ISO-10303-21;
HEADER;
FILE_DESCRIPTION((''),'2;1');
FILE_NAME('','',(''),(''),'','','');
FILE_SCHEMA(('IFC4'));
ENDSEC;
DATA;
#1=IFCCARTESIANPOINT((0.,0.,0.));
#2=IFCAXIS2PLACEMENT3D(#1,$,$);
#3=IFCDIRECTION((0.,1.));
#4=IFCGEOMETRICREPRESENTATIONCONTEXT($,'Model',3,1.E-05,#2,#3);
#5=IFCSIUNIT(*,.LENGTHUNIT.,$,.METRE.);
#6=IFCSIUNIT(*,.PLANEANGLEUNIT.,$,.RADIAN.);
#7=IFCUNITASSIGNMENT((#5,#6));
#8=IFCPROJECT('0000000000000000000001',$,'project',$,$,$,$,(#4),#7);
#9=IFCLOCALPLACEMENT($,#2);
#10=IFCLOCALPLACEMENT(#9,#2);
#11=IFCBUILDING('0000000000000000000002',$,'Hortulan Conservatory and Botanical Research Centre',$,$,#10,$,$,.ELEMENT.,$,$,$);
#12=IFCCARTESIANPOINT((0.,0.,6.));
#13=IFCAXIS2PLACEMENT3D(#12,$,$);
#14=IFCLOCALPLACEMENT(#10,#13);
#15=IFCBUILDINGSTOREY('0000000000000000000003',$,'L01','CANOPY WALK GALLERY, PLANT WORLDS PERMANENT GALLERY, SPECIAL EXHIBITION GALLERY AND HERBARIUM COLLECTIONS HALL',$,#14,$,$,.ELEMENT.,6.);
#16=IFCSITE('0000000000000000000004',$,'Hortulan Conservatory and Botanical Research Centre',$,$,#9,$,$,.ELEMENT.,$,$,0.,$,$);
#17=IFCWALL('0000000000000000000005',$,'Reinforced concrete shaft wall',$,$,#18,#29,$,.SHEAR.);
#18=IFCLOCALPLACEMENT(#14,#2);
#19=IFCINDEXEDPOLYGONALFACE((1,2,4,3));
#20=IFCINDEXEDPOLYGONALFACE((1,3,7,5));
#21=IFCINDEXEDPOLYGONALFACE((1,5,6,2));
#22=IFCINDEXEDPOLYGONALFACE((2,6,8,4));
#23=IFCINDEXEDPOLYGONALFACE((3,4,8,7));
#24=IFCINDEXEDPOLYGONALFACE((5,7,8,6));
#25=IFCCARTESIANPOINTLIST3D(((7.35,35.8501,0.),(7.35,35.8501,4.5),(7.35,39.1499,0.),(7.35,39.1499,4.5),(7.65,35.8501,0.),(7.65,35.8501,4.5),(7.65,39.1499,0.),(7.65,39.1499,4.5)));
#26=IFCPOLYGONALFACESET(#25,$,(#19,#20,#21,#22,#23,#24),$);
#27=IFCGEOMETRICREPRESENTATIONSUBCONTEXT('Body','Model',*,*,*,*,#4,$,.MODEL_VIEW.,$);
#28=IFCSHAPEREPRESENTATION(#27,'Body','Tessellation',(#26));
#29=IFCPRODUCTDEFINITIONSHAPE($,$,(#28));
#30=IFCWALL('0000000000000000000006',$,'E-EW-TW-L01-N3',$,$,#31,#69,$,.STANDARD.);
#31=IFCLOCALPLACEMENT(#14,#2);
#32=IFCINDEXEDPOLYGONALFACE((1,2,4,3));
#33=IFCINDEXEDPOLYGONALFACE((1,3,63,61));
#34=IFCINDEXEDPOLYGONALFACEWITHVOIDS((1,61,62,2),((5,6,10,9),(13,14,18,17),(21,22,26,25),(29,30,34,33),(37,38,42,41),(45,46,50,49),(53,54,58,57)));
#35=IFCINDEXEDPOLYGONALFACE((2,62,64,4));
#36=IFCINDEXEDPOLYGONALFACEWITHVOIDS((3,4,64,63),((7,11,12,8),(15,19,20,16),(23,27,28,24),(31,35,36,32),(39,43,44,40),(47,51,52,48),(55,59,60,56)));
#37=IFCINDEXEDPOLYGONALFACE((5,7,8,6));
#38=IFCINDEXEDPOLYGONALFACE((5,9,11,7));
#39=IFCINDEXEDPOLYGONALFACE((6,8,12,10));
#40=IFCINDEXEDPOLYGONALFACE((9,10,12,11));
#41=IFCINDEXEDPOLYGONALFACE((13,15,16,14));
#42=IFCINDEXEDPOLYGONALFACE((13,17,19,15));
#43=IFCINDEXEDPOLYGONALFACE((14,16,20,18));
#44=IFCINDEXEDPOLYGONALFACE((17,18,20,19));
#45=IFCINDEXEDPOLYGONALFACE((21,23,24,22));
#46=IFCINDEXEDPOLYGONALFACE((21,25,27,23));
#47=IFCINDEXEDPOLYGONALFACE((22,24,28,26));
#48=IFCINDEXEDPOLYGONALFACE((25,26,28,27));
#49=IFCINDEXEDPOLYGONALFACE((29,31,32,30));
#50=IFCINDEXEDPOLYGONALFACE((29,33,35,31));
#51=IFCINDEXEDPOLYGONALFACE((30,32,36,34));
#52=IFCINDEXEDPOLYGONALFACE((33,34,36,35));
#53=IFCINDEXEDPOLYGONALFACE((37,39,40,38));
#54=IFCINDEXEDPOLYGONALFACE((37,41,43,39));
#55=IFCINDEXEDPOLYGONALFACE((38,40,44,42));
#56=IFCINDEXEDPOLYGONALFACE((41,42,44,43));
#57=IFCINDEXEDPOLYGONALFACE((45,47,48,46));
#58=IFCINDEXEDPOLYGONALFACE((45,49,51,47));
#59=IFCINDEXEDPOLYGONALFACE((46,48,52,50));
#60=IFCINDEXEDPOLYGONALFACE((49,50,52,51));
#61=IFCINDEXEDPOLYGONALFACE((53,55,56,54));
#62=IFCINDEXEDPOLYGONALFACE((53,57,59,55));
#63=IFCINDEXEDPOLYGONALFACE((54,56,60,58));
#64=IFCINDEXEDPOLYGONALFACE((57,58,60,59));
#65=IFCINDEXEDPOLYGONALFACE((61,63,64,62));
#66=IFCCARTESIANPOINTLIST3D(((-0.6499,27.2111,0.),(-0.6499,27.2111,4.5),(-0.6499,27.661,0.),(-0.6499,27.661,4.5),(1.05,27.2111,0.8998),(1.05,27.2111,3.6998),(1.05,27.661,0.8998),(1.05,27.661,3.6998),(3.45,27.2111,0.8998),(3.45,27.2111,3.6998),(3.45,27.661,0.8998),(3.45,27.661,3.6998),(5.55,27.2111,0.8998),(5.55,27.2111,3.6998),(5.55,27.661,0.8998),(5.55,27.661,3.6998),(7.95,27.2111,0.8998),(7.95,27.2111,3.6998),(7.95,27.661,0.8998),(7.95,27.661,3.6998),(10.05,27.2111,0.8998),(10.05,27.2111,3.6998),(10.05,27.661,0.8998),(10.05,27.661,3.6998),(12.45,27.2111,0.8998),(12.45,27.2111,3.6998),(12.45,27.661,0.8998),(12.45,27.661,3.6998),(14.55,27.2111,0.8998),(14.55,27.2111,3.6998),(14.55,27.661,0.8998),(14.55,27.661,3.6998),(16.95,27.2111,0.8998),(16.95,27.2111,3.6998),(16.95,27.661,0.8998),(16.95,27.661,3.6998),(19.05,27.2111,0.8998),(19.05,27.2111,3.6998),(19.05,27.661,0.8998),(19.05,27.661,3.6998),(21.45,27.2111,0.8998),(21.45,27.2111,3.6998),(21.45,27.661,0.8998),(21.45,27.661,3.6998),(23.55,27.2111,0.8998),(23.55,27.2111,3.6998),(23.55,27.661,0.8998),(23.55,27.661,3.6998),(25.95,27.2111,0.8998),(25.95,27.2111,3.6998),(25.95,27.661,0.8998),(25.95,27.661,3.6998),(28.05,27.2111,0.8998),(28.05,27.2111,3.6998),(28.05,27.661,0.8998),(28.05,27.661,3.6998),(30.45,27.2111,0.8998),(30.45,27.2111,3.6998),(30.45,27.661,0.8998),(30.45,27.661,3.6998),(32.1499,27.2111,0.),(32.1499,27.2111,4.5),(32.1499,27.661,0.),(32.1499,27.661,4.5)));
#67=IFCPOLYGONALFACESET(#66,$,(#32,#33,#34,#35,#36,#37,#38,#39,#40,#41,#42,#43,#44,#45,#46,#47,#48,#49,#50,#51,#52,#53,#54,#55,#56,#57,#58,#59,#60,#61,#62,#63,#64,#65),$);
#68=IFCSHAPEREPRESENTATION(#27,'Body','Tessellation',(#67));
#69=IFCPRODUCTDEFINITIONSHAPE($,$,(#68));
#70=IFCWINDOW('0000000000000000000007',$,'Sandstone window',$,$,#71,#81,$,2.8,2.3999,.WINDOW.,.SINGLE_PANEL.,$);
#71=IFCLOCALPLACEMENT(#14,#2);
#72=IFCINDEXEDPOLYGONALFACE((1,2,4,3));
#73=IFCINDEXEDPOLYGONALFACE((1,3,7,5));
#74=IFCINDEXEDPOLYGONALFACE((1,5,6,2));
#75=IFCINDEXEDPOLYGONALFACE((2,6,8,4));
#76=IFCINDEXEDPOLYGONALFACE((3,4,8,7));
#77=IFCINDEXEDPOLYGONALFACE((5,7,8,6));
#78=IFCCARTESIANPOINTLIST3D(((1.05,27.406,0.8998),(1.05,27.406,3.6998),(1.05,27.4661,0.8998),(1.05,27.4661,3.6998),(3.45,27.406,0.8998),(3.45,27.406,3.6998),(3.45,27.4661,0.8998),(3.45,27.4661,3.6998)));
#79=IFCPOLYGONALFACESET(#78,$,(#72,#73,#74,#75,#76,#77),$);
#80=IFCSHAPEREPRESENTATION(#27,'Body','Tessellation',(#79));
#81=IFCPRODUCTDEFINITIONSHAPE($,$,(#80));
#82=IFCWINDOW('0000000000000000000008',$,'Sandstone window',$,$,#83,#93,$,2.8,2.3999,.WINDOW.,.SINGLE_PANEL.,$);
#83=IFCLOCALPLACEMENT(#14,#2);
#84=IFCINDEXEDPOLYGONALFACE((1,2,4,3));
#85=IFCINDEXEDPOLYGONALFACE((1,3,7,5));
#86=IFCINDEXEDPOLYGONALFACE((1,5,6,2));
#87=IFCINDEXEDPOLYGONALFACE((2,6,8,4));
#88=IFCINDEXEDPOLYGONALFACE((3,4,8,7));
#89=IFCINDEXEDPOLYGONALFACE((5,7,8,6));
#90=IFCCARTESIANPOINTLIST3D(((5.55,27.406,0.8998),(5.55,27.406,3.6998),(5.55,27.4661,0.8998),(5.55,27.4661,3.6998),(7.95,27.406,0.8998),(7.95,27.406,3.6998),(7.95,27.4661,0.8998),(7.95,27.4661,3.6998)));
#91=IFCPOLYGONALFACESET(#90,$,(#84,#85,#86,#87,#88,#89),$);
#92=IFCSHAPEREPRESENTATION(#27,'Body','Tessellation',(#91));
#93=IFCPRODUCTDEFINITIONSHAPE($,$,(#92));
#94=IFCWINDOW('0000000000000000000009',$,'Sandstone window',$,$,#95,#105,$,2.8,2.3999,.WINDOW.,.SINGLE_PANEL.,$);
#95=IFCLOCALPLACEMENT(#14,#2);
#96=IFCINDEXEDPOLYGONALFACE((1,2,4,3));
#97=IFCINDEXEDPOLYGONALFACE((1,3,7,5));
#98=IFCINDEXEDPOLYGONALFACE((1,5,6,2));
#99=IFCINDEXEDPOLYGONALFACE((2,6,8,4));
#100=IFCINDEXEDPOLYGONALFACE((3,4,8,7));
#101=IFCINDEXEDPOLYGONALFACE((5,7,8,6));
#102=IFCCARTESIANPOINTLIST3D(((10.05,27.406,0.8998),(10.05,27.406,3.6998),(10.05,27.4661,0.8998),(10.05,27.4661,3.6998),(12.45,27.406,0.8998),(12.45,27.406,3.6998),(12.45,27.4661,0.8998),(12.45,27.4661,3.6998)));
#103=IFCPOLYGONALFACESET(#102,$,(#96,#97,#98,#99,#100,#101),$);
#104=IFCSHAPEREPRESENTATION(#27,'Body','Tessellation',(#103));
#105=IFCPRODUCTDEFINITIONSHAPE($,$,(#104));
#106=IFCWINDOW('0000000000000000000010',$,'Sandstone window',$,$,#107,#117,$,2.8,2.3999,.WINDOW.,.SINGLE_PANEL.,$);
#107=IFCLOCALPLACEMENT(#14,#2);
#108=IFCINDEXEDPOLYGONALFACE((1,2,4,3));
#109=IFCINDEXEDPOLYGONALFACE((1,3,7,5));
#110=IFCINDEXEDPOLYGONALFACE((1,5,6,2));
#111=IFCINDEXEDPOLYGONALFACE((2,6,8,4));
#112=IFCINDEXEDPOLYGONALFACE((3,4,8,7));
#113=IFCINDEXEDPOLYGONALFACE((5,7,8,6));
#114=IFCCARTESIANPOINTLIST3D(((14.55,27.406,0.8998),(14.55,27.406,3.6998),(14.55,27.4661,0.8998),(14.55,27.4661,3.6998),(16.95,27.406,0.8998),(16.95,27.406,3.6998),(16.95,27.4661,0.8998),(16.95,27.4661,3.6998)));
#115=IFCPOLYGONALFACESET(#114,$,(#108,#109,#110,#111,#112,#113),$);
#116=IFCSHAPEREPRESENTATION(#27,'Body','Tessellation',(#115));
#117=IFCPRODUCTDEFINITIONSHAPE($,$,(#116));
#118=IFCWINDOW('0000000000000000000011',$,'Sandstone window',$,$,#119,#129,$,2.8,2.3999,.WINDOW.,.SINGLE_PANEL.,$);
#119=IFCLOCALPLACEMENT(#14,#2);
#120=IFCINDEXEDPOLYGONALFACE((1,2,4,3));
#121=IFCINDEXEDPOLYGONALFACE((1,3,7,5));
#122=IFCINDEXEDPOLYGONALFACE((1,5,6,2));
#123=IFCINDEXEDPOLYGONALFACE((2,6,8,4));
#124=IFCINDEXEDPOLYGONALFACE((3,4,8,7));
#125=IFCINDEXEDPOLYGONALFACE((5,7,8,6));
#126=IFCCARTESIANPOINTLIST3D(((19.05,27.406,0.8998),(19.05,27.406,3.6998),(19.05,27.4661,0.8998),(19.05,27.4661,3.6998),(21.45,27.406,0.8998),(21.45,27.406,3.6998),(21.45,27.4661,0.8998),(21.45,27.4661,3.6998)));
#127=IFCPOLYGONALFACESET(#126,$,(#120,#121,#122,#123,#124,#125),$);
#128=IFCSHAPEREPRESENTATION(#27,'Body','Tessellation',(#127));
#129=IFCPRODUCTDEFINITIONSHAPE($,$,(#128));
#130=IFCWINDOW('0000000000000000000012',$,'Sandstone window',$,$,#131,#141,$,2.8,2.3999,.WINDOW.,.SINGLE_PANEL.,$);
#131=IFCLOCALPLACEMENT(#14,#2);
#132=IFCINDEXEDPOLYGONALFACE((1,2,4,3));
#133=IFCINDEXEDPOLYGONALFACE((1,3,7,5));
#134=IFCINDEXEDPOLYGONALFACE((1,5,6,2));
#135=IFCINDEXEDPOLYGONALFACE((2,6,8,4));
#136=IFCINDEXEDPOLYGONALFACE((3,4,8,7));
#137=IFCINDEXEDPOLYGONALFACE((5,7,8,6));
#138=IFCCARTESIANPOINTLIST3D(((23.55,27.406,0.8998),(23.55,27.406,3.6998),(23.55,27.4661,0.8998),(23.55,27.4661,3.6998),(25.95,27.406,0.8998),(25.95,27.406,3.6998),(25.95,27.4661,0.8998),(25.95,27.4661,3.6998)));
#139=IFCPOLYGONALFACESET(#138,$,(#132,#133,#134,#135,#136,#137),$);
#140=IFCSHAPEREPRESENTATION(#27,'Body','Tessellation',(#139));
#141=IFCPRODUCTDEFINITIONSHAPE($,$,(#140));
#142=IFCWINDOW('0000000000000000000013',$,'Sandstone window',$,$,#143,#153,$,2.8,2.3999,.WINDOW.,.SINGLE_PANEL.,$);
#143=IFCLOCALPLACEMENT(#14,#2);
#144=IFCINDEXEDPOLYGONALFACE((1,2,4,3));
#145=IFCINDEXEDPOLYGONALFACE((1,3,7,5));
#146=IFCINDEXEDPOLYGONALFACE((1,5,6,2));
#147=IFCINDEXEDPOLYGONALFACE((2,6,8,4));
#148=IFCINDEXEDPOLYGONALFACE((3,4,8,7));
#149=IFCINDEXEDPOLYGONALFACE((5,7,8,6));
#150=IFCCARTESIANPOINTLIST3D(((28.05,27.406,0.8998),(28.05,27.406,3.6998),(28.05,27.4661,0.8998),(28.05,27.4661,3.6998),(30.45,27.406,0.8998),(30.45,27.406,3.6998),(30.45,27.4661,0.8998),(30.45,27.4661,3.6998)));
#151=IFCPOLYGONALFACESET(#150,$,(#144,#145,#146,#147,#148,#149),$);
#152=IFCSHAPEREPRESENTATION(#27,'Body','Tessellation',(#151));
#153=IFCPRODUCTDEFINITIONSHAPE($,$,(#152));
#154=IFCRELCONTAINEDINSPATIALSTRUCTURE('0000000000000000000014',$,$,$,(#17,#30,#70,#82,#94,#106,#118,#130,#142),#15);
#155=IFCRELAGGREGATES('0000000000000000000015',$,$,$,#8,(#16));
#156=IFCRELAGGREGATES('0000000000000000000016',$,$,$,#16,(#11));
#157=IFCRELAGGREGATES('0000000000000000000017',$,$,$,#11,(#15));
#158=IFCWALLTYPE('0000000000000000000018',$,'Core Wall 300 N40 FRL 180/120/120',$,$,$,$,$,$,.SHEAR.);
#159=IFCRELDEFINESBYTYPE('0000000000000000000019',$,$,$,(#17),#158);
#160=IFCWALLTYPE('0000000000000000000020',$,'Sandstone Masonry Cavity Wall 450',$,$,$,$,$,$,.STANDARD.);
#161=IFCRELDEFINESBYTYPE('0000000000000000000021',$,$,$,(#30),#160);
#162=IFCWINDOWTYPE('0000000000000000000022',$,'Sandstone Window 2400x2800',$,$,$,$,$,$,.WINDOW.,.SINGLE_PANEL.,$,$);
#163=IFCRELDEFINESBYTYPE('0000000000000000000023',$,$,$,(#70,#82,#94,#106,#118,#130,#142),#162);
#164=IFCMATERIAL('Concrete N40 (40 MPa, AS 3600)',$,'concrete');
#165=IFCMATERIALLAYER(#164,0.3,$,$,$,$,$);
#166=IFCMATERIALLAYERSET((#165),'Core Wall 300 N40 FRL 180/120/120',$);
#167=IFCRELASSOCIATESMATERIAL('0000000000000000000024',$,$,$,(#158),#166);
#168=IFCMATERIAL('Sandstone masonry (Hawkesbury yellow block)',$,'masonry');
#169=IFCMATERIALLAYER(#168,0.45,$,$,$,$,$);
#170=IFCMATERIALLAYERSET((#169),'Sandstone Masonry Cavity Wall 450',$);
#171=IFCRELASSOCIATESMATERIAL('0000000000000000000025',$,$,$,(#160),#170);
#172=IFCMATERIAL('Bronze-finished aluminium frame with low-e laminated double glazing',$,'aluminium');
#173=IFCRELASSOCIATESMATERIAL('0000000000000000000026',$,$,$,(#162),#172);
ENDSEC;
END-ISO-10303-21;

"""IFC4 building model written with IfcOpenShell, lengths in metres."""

from ifc_helpers import new_model, si_unit, direction, frame, frame_2d, origin, place, context, subcontext, project, spatial, rectangle, extrude, material, layer, layer_set, type_object, element, fill, save


model = new_model("IFC4")

# Units and contexts
model_context = context("Model", 3, precision=1e-05, world=origin(), true_north=direction((0.0, 1.0)))
body_context = subcontext(model_context, "Body", "Model", "MODEL_VIEW")
ifc_project = project(units=[si_unit("LENGTHUNIT", "METRE"), si_unit("PLANEANGLEUNIT", "RADIAN")], contexts=[model_context])

# Site, building, storey
site_placement = place(None, origin())
site = spatial("IfcSite", under=ifc_project, at=site_placement, Name="Hortulan Conservatory and Botanical Research Centre", CompositionType="ELEMENT", RefElevation=0.0)
building_placement = place(site_placement, origin())
building = spatial("IfcBuilding", under=site, at=building_placement, Name="Hortulan Conservatory and Botanical Research Centre", CompositionType="ELEMENT")
storey_placement = place(building_placement, frame((0.0, 0.0, 6.0)))
storey = spatial("IfcBuildingStorey", under=building, at=storey_placement, Name="L01", Description="CANOPY WALK GALLERY, PLANT WORLDS PERMANENT GALLERY, SPECIAL EXHIBITION GALLERY AND HERBARIUM COLLECTIONS HALL", CompositionType="ELEMENT", Elevation=6.0)

# Shared definitions
ifc_material_1 = material(Name="Concrete N40 (40 MPa, AS 3600)", Category="concrete")
ifc_layer_1 = layer(ifc_material_1, 0.3)
ifc_layer_set_1 = layer_set([ifc_layer_1], Name="Core Wall 300 N40 FRL 180/120/120")
wall_type_1 = type_object("IfcWallType", Name="Core Wall 300 N40 FRL 180/120/120", PredefinedType="SHEAR", material=ifc_layer_set_1)

# Wall
wall_1_placement = place(storey_placement, frame((7.5, 35.8501, 0.0), z_axis=(0.0, 0.0, 1.0), x_axis=(0.0, 1.0, 0.0)))
element("IfcWall", 1, at=wall_1_placement, inside=storey, type_object=wall_type_1, Name="Reinforced concrete shaft wall", PredefinedType="SHEAR", context=body_context, shape_type="SweptSolid", body=[
    extrude(rectangle(XDim=3.2998, YDim=0.3, at=frame_2d((1.6499, 0.0))), origin(), (0.0, 0.0, 1.0), 4.5),
])

# Wall, openings, windows
ifc_material_2 = material(Name="Sandstone masonry (Hawkesbury yellow block)", Category="masonry")
ifc_layer_2 = layer(ifc_material_2, 0.45)
ifc_layer_set_2 = layer_set([ifc_layer_2], Name="Sandstone Masonry Cavity Wall 450")
wall_type_2 = type_object("IfcWallType", Name="Sandstone Masonry Cavity Wall 450", PredefinedType="STANDARD", material=ifc_layer_set_2)
wall_2_placement = place(storey_placement, frame((-0.6499, 27.436, 0.0), z_axis=(0.0, 0.0, 1.0), x_axis=(1.0, 0.0, 0.0)))
wall_2 = element("IfcWall", 2, at=wall_2_placement, inside=storey, type_object=wall_type_2, Name="E-EW-TW-L01-N3", PredefinedType="STANDARD", context=body_context, shape_type="SweptSolid", body=[
    extrude(rectangle(XDim=32.7998, YDim=0.45, at=frame_2d((16.3999, 0.0))), origin(), (0.0, 0.0, 1.0), 4.5),
])
opening_1_placement = place(wall_2_placement, frame((1.7, 0.0, 0.8999)))
opening_1 = element("IfcOpeningElement", 3, at=opening_1_placement, cuts=wall_2, PredefinedType="OPENING", context=body_context, shape_type="SweptSolid", body=[
    extrude(rectangle(XDim=2.3999, YDim=2.8, at=frame_2d((1.2, 1.3999))), frame((0.0, 0.2349, 0.0), z_axis=(0.0, -1.0, 0.0), x_axis=(1.0, 0.0, 0.0)), (0.0, 0.0, 1.0), 0.47),
])
opening_2_placement = place(wall_2_placement, frame((6.2, 0.0, 0.8999)))
opening_2 = element("IfcOpeningElement", 4, at=opening_2_placement, cuts=wall_2, PredefinedType="OPENING", context=body_context, shape_type="SweptSolid", body=[
    extrude(rectangle(XDim=2.3999, YDim=2.8, at=frame_2d((1.2, 1.3999))), frame((0.0, 0.2349, 0.0), z_axis=(0.0, -1.0, 0.0), x_axis=(1.0, 0.0, 0.0)), (0.0, 0.0, 1.0), 0.47),
])
opening_3_placement = place(wall_2_placement, frame((10.7, 0.0, 0.8999)))
opening_3 = element("IfcOpeningElement", 5, at=opening_3_placement, cuts=wall_2, PredefinedType="OPENING", context=body_context, shape_type="SweptSolid", body=[
    extrude(rectangle(XDim=2.3999, YDim=2.8, at=frame_2d((1.2, 1.3999))), frame((0.0, 0.2349, 0.0), z_axis=(0.0, -1.0, 0.0), x_axis=(1.0, 0.0, 0.0)), (0.0, 0.0, 1.0), 0.47),
])
opening_4_placement = place(wall_2_placement, frame((15.2, 0.0, 0.8999)))
opening_4 = element("IfcOpeningElement", 6, at=opening_4_placement, cuts=wall_2, PredefinedType="OPENING", context=body_context, shape_type="SweptSolid", body=[
    extrude(rectangle(XDim=2.3999, YDim=2.8, at=frame_2d((1.2, 1.3999))), frame((0.0, 0.2349, 0.0), z_axis=(0.0, -1.0, 0.0), x_axis=(1.0, 0.0, 0.0)), (0.0, 0.0, 1.0), 0.47),
])
opening_5_placement = place(wall_2_placement, frame((19.7, 0.0, 0.8999)))
opening_5 = element("IfcOpeningElement", 7, at=opening_5_placement, cuts=wall_2, PredefinedType="OPENING", context=body_context, shape_type="SweptSolid", body=[
    extrude(rectangle(XDim=2.3999, YDim=2.8, at=frame_2d((1.2, 1.3999))), frame((0.0, 0.2349, 0.0), z_axis=(0.0, -1.0, 0.0), x_axis=(1.0, 0.0, 0.0)), (0.0, 0.0, 1.0), 0.47),
])
opening_6_placement = place(wall_2_placement, frame((24.2, 0.0, 0.8999)))
opening_6 = element("IfcOpeningElement", 8, at=opening_6_placement, cuts=wall_2, PredefinedType="OPENING", context=body_context, shape_type="SweptSolid", body=[
    extrude(rectangle(XDim=2.3999, YDim=2.8, at=frame_2d((1.2, 1.3999))), frame((0.0, 0.2349, 0.0), z_axis=(0.0, -1.0, 0.0), x_axis=(1.0, 0.0, 0.0)), (0.0, 0.0, 1.0), 0.47),
])
opening_7_placement = place(wall_2_placement, frame((28.7, 0.0, 0.8999)))
opening_7 = element("IfcOpeningElement", 9, at=opening_7_placement, cuts=wall_2, PredefinedType="OPENING", context=body_context, shape_type="SweptSolid", body=[
    extrude(rectangle(XDim=2.3999, YDim=2.8, at=frame_2d((1.2, 1.3999))), frame((0.0, 0.2349, 0.0), z_axis=(0.0, -1.0, 0.0), x_axis=(1.0, 0.0, 0.0)), (0.0, 0.0, 1.0), 0.47),
])
ifc_material_3 = material(Name="Bronze-finished aluminium frame with low-e laminated double glazing", Category="aluminium")
window_type = type_object("IfcWindowType", Name="Sandstone Window 2400x2800", PartitioningType="SINGLE_PANEL", PredefinedType="WINDOW", material=ifc_material_3)
window_1_placement = place(opening_1_placement, origin())
window_1 = element("IfcWindow", 10, at=window_1_placement, inside=storey, type_object=window_type, Name="Sandstone window", OverallHeight=2.8, OverallWidth=2.3999, PartitioningType="SINGLE_PANEL", PredefinedType="WINDOW", context=body_context, shape_type="SweptSolid", body=[
    extrude(rectangle(XDim=2.3999, YDim=2.8, at=frame_2d((1.2, 1.3999))), frame((0.0, 0.03, 0.0), z_axis=(0.0, -1.0, 0.0), x_axis=(1.0, 0.0, 0.0)), (0.0, 0.0, 1.0), 0.0601),
])
fill(opening_1, window_1)
window_2_placement = place(opening_2_placement, origin())
window_2 = element("IfcWindow", 11, at=window_2_placement, inside=storey, type_object=window_type, Name="Sandstone window", OverallHeight=2.8, OverallWidth=2.3999, PartitioningType="SINGLE_PANEL", PredefinedType="WINDOW", context=body_context, shape_type="SweptSolid", body=[
    extrude(rectangle(XDim=2.3999, YDim=2.8, at=frame_2d((1.2, 1.3999))), frame((0.0, 0.03, 0.0), z_axis=(0.0, -1.0, 0.0), x_axis=(1.0, 0.0, 0.0)), (0.0, 0.0, 1.0), 0.0601),
])
fill(opening_2, window_2)
window_3_placement = place(opening_3_placement, origin())
window_3 = element("IfcWindow", 12, at=window_3_placement, inside=storey, type_object=window_type, Name="Sandstone window", OverallHeight=2.8, OverallWidth=2.3999, PartitioningType="SINGLE_PANEL", PredefinedType="WINDOW", context=body_context, shape_type="SweptSolid", body=[
    extrude(rectangle(XDim=2.3999, YDim=2.8, at=frame_2d((1.2, 1.3999))), frame((0.0, 0.03, 0.0), z_axis=(0.0, -1.0, 0.0), x_axis=(1.0, 0.0, 0.0)), (0.0, 0.0, 1.0), 0.0601),
])
fill(opening_3, window_3)
window_4_placement = place(opening_4_placement, origin())
window_4 = element("IfcWindow", 13, at=window_4_placement, inside=storey, type_object=window_type, Name="Sandstone window", OverallHeight=2.8, OverallWidth=2.3999, PartitioningType="SINGLE_PANEL", PredefinedType="WINDOW", context=body_context, shape_type="SweptSolid", body=[
    extrude(rectangle(XDim=2.3999, YDim=2.8, at=frame_2d((1.2, 1.3999))), frame((0.0, 0.03, 0.0), z_axis=(0.0, -1.0, 0.0), x_axis=(1.0, 0.0, 0.0)), (0.0, 0.0, 1.0), 0.0601),
])
fill(opening_4, window_4)
window_5_placement = place(opening_5_placement, origin())
window_5 = element("IfcWindow", 14, at=window_5_placement, inside=storey, type_object=window_type, Name="Sandstone window", OverallHeight=2.8, OverallWidth=2.3999, PartitioningType="SINGLE_PANEL", PredefinedType="WINDOW", context=body_context, shape_type="SweptSolid", body=[
    extrude(rectangle(XDim=2.3999, YDim=2.8, at=frame_2d((1.2, 1.3999))), frame((0.0, 0.03, 0.0), z_axis=(0.0, -1.0, 0.0), x_axis=(1.0, 0.0, 0.0)), (0.0, 0.0, 1.0), 0.0601),
])
fill(opening_5, window_5)
window_6_placement = place(opening_6_placement, origin())
window_6 = element("IfcWindow", 15, at=window_6_placement, inside=storey, type_object=window_type, Name="Sandstone window", OverallHeight=2.8, OverallWidth=2.3999, PartitioningType="SINGLE_PANEL", PredefinedType="WINDOW", context=body_context, shape_type="SweptSolid", body=[
    extrude(rectangle(XDim=2.3999, YDim=2.8, at=frame_2d((1.2, 1.3999))), frame((0.0, 0.03, 0.0), z_axis=(0.0, -1.0, 0.0), x_axis=(1.0, 0.0, 0.0)), (0.0, 0.0, 1.0), 0.0601),
])
fill(opening_6, window_6)
window_7_placement = place(opening_7_placement, origin())
window_7 = element("IfcWindow", 16, at=window_7_placement, inside=storey, type_object=window_type, Name="Sandstone window", OverallHeight=2.8, OverallWidth=2.3999, PartitioningType="SINGLE_PANEL", PredefinedType="WINDOW", context=body_context, shape_type="SweptSolid", body=[
    extrude(rectangle(XDim=2.3999, YDim=2.8, at=frame_2d((1.2, 1.3999))), frame((0.0, 0.03, 0.0), z_axis=(0.0, -1.0, 0.0), x_axis=(1.0, 0.0, 0.0)), (0.0, 0.0, 1.0), 0.0601),
])
fill(opening_7, window_7)

save(model, "model.ifc")
